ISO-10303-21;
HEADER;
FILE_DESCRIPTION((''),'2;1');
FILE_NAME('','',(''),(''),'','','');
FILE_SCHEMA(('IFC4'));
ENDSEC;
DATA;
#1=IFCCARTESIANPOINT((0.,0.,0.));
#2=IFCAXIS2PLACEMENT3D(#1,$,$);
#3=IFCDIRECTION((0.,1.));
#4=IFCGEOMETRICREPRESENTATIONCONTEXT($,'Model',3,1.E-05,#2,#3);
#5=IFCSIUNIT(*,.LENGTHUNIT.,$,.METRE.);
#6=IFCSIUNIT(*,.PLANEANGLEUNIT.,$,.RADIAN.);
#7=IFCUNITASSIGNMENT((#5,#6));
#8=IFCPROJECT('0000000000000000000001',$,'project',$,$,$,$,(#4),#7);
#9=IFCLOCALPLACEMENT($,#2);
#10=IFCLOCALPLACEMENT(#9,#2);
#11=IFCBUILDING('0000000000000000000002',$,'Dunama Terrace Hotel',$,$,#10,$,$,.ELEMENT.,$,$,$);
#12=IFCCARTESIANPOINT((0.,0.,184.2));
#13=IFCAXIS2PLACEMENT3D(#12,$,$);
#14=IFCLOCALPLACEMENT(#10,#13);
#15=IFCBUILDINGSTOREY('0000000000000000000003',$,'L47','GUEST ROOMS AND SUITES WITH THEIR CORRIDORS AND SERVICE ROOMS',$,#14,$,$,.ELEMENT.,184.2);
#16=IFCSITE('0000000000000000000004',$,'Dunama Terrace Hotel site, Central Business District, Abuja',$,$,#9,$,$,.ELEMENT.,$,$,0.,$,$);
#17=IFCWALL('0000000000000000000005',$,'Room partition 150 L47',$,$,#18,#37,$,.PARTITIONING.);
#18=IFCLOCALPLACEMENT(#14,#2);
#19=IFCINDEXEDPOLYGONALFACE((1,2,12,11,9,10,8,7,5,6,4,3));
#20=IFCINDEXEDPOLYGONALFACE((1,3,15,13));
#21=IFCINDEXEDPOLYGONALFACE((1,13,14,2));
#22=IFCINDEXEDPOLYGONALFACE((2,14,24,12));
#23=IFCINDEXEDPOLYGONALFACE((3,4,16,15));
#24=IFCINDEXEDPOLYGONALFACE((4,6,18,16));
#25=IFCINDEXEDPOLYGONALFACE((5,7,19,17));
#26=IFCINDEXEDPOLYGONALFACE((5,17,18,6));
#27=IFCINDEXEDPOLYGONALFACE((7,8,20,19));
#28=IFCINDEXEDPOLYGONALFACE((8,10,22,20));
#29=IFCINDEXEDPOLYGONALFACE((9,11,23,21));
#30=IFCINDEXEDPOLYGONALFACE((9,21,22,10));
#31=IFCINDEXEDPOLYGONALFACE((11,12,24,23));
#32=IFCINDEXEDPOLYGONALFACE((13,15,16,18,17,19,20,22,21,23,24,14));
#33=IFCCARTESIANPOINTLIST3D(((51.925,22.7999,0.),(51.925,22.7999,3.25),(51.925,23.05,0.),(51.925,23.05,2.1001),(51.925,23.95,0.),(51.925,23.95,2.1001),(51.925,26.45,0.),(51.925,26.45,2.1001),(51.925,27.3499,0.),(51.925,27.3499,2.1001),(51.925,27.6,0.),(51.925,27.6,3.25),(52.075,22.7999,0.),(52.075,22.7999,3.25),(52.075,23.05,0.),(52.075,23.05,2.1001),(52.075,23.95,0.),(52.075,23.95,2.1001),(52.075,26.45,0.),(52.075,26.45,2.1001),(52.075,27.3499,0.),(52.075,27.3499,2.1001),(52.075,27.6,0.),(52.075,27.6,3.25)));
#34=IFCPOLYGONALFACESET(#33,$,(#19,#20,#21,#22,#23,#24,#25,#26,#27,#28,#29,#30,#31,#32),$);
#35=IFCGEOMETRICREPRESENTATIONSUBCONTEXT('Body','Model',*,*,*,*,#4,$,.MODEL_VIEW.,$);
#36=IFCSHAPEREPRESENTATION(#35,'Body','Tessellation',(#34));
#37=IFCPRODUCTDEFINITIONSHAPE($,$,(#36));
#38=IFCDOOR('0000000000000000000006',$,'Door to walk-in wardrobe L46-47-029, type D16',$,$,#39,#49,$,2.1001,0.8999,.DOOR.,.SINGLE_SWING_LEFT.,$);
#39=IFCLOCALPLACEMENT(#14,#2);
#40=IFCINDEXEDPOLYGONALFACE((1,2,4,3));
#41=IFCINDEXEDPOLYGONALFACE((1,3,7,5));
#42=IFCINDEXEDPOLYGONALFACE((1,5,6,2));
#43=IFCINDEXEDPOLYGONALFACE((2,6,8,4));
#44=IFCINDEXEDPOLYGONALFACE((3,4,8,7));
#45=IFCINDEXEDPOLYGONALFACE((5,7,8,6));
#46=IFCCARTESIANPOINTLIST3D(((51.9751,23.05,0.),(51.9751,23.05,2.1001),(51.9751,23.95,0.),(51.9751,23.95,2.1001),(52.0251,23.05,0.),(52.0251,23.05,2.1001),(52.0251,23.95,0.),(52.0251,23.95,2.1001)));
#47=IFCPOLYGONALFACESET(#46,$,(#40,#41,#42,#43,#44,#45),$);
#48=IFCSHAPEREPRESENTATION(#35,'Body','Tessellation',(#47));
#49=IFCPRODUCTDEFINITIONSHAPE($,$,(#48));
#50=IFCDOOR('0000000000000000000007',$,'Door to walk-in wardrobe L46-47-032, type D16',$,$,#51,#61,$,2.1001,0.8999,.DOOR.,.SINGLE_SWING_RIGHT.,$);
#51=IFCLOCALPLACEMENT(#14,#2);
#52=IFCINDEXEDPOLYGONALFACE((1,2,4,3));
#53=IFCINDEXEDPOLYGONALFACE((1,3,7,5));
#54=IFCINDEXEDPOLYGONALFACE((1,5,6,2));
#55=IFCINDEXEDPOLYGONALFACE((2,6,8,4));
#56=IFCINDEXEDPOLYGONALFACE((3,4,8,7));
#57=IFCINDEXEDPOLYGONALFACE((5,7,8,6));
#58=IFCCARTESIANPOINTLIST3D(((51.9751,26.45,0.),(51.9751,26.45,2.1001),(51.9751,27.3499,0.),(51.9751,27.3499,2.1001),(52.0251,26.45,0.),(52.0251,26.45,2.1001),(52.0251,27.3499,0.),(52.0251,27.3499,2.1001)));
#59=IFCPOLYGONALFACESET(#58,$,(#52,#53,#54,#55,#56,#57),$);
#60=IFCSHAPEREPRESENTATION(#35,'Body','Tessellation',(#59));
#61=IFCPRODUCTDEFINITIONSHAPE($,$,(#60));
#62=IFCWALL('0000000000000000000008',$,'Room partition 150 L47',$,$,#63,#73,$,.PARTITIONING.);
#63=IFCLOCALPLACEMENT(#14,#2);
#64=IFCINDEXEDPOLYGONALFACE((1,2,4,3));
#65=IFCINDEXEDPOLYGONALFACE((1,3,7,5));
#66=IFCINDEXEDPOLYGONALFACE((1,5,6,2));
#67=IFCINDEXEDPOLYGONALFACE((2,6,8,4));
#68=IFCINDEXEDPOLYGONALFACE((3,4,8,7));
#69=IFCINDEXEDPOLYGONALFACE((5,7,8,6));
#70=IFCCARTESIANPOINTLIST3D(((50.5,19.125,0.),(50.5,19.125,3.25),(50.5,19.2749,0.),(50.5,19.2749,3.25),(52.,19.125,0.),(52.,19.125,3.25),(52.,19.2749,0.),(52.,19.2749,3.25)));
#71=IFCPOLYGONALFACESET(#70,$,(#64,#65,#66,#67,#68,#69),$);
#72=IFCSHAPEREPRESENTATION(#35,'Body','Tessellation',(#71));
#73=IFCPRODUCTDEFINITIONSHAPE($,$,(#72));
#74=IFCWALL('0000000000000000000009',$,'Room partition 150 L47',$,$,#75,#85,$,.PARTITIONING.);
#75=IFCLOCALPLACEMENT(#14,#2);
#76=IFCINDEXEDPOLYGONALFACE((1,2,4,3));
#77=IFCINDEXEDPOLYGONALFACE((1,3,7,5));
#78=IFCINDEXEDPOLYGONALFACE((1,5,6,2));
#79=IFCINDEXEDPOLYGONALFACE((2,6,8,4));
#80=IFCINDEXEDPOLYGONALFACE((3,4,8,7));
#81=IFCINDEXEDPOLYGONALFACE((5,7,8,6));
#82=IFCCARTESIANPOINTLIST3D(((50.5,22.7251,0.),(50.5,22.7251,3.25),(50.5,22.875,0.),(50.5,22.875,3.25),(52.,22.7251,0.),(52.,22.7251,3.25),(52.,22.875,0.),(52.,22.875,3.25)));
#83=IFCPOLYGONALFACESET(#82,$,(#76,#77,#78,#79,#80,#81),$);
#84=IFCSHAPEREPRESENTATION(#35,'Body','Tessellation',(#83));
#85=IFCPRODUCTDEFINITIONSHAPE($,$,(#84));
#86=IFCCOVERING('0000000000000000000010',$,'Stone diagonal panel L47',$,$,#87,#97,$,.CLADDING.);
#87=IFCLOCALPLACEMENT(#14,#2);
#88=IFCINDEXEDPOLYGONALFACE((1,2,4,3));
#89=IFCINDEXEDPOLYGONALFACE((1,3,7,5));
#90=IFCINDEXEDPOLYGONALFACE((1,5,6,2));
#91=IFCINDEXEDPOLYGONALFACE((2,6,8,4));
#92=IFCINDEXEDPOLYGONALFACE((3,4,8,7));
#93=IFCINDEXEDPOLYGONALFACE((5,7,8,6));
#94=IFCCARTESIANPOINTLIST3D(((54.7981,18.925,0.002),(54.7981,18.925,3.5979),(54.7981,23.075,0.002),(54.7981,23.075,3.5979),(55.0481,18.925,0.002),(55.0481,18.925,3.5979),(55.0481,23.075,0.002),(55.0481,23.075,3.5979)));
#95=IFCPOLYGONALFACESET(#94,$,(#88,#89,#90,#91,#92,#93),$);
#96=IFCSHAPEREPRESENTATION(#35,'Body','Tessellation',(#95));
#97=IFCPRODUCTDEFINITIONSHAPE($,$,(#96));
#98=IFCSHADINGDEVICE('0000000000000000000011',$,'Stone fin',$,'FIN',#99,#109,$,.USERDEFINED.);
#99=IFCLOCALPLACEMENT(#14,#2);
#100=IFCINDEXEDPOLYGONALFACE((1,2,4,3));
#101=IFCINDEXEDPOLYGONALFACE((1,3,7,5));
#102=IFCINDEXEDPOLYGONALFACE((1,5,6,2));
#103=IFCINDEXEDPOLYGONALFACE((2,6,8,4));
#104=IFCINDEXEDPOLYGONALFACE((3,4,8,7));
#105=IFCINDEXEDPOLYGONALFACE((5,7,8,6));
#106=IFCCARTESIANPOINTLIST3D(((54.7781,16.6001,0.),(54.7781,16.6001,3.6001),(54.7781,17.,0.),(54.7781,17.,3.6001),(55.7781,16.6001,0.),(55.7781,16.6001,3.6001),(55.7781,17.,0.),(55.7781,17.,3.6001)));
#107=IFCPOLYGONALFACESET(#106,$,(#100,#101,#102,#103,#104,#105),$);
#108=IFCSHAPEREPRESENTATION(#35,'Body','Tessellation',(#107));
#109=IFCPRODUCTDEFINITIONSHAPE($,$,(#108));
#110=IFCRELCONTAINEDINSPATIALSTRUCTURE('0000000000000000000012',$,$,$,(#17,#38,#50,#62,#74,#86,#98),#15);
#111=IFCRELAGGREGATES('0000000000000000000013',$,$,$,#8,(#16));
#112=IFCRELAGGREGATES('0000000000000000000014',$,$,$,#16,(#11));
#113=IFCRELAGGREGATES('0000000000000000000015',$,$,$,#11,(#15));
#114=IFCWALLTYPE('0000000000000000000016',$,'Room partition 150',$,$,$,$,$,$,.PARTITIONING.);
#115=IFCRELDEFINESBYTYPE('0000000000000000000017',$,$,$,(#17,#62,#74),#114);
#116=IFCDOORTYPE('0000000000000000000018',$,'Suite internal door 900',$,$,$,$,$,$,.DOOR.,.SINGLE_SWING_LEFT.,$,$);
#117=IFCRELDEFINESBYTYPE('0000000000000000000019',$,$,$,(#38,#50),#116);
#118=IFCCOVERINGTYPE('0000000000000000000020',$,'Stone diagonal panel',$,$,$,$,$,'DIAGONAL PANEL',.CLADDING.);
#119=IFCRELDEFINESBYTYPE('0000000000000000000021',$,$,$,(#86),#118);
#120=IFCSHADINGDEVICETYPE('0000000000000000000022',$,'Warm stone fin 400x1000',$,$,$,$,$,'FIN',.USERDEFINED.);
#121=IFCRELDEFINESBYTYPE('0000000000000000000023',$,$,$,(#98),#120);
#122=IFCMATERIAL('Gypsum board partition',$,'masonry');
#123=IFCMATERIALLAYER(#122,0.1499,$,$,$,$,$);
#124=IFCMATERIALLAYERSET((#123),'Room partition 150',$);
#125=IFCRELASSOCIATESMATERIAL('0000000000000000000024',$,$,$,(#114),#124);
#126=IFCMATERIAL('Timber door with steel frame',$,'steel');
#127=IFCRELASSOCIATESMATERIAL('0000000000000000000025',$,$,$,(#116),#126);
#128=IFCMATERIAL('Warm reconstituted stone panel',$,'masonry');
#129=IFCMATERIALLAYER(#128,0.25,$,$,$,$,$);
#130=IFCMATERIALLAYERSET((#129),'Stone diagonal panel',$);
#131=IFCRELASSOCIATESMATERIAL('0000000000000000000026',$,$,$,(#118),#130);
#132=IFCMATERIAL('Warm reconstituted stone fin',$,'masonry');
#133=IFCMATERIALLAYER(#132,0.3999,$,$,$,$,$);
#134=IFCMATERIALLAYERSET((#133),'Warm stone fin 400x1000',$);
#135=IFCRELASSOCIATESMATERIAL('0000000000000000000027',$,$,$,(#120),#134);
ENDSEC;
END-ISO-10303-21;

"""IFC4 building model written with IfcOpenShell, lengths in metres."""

from ifc_helpers import new_model, si_unit, direction, frame, frame_2d, origin, origin_2d, place, context, subcontext, project, spatial, rectangle, extrude, material, layer, layer_set, type_object, element, fill, save


model = new_model("IFC4")

# Units and contexts
model_context = context("Model", 3, precision=1e-05, world=origin(), true_north=direction((0.0, 1.0)))
body_context = subcontext(model_context, "Body", "Model", "MODEL_VIEW")
ifc_project = project(units=[si_unit("LENGTHUNIT", "METRE"), si_unit("PLANEANGLEUNIT", "RADIAN")], contexts=[model_context])

# Site, building, storey
site_placement = place(None, origin())
site = spatial("IfcSite", under=ifc_project, at=site_placement, Name="Dunama Terrace Hotel site, Central Business District, Abuja", CompositionType="ELEMENT", RefElevation=0.0)
building_placement = place(site_placement, origin())
building = spatial("IfcBuilding", under=site, at=building_placement, Name="Dunama Terrace Hotel", CompositionType="ELEMENT")
storey_placement = place(building_placement, frame((0.0, 0.0, 184.2)))
storey = spatial("IfcBuildingStorey", under=building, at=storey_placement, Name="L47", Description="GUEST ROOMS AND SUITES WITH THEIR CORRIDORS AND SERVICE ROOMS", CompositionType="ELEMENT", Elevation=184.2)

# Shared definitions
ifc_material_1 = material(Name="Gypsum board partition", Category="masonry")
ifc_layer_1 = layer(ifc_material_1, 0.1499)
ifc_layer_set_1 = layer_set([ifc_layer_1], Name="Room partition 150")
wall_type_1 = type_object("IfcWallType", Name="Room partition 150", PredefinedType="PARTITIONING", material=ifc_layer_set_1)

# Shared definitions
ifc_material_2 = material(Name="Timber door with steel frame", Category="steel")
door_type_1 = type_object("IfcDoorType", Name="Suite internal door 900", OperationType="SINGLE_SWING_LEFT", PredefinedType="DOOR", material=ifc_material_2)

# Wall, openings, doors
wall_1_placement = place(storey_placement, frame((52.0, 22.8, 0.0), z_axis=(0.0, 0.0, 1.0), x_axis=(0.0, 1.0, 0.0)))
wall_1 = element("IfcWall", 1, at=wall_1_placement, inside=storey, type_object=wall_type_1, Name="Room partition 150 L47", PredefinedType="PARTITIONING", context=body_context, shape_type="SweptSolid", body=[
    extrude(rectangle(XDim=4.8, YDim=0.1499, at=frame_2d((2.3999, 0.0))), origin(), (0.0, 0.0, 1.0), 3.25),
])
opening_1_placement = place(wall_1_placement, frame((0.25, 0.0, 0.0)))
opening_1 = element("IfcOpeningElement", 2, at=opening_1_placement, cuts=wall_1, PredefinedType="OPENING", context=body_context, shape_type="SweptSolid", body=[
    extrude(rectangle(XDim=0.8999, YDim=2.1001, at=frame_2d((0.45, 1.05))), frame((0.0, 0.085, 0.0), z_axis=(0.0, -1.0, 0.0), x_axis=(1.0, 0.0, 0.0)), (0.0, 0.0, 1.0), 0.1699),
])
opening_2_placement = place(wall_1_placement, frame((3.6499, 0.0, 0.0)))
opening_2 = element("IfcOpeningElement", 3, at=opening_2_placement, cuts=wall_1, PredefinedType="OPENING", context=body_context, shape_type="SweptSolid", body=[
    extrude(rectangle(XDim=0.8999, YDim=2.1001, at=frame_2d((0.45, 1.05))), frame((0.0, 0.085, 0.0), z_axis=(0.0, -1.0, 0.0), x_axis=(1.0, 0.0, 0.0)), (0.0, 0.0, 1.0), 0.1699),
])
door_1_placement = place(opening_1_placement, origin())
door_1 = element("IfcDoor", 4, at=door_1_placement, inside=storey, type_object=door_type_1, Name="Door to walk-in wardrobe L46-47-029, type D16", OperationType="SINGLE_SWING_LEFT", OverallHeight=2.1001, OverallWidth=0.8999, PredefinedType="DOOR", context=body_context, shape_type="SweptSolid", body=[
    extrude(rectangle(XDim=0.8999, YDim=2.1001, at=frame_2d((0.45, 1.05))), frame((0.0, 0.0249, 0.0), z_axis=(0.0, -1.0, 0.0), x_axis=(1.0, 0.0, 0.0)), (0.0, 0.0, 1.0), 0.05),
])
fill(opening_1, door_1)
door_2_placement = place(opening_2_placement, origin())
door_2 = element("IfcDoor", 5, at=door_2_placement, inside=storey, type_object=door_type_1, Name="Door to walk-in wardrobe L46-47-032, type D16", OperationType="SINGLE_SWING_RIGHT", OverallHeight=2.1001, OverallWidth=0.8999, PredefinedType="DOOR", context=body_context, shape_type="SweptSolid", body=[
    extrude(rectangle(XDim=0.8999, YDim=2.1001, at=frame_2d((0.45, 1.05))), frame((0.0, 0.0249, 0.0), z_axis=(0.0, -1.0, 0.0), x_axis=(1.0, 0.0, 0.0)), (0.0, 0.0, 1.0), 0.05),
])
fill(opening_2, door_2)

# Walls
for number, where, z_axis, x_axis, name in (
    (6, (50.5, 19.2, 0.0), (0.0, 0.0, 1.0), (1.0, 0.0, 0.0), "Room partition 150 L47"),
    (7, (50.5, 22.8, 0.0), (0.0, 0.0, 1.0), (1.0, 0.0, 0.0), "Room partition 150 L47"),
):
    element("IfcWall", number, at=place(storey_placement, frame(where, z_axis=z_axis, x_axis=x_axis)), inside=storey, type_object=wall_type_1, Name=name, PredefinedType="PARTITIONING", context=body_context, shape_type="SweptSolid", body=[
        extrude(rectangle(XDim=1.5, YDim=0.1499, at=frame_2d((0.75, 0.0))), origin(), (0.0, 0.0, 1.0), 3.25),
    ])

# Covering
ifc_material_3 = material(Name="Warm reconstituted stone panel", Category="masonry")
ifc_layer_2 = layer(ifc_material_3, 0.25)
ifc_layer_set_2 = layer_set([ifc_layer_2], Name="Stone diagonal panel")
covering_type = type_object("IfcCoveringType", Name="Stone diagonal panel", ElementType="DIAGONAL PANEL", PredefinedType="CLADDING", material=ifc_layer_set_2)
covering_placement = place(storey_placement, frame((54.9231, 21.0, 0.002), z_axis=(0.0, 0.0, 1.0), x_axis=(0.0, 1.0, 0.0)))
element("IfcCovering", 8, at=covering_placement, inside=storey, type_object=covering_type, Name="Stone diagonal panel L47", PredefinedType="CLADDING", context=body_context, shape_type="SweptSolid", body=[
    extrude(rectangle(XDim=4.1499, YDim=0.25, at=origin_2d()), origin(), (0.0, 0.0, 1.0), 3.5959),
])

# Shading device
ifc_material_4 = material(Name="Warm reconstituted stone fin", Category="masonry")
ifc_layer_3 = layer(ifc_material_4, 0.3999)
ifc_layer_set_3 = layer_set([ifc_layer_3], Name="Warm stone fin 400x1000")
shading_device_type = type_object("IfcShadingDeviceType", Name="Warm stone fin 400x1000", ElementType="FIN", PredefinedType="USERDEFINED", material=ifc_layer_set_3)
shading_device_placement = place(storey_placement, frame((55.2781, 16.8, 0.0), z_axis=(0.0, 0.0, 1.0), x_axis=(0.0, 1.0, 0.0)))
element("IfcShadingDevice", 9, at=shading_device_placement, inside=storey, type_object=shading_device_type, Name="Stone fin", ObjectType="FIN", PredefinedType="USERDEFINED", context=body_context, shape_type="SweptSolid", body=[
    extrude(rectangle(XDim=0.3999, YDim=1.0, at=origin_2d()), origin(), (0.0, 0.0, 1.0), 3.6001),
])

save(model, "model.ifc")
